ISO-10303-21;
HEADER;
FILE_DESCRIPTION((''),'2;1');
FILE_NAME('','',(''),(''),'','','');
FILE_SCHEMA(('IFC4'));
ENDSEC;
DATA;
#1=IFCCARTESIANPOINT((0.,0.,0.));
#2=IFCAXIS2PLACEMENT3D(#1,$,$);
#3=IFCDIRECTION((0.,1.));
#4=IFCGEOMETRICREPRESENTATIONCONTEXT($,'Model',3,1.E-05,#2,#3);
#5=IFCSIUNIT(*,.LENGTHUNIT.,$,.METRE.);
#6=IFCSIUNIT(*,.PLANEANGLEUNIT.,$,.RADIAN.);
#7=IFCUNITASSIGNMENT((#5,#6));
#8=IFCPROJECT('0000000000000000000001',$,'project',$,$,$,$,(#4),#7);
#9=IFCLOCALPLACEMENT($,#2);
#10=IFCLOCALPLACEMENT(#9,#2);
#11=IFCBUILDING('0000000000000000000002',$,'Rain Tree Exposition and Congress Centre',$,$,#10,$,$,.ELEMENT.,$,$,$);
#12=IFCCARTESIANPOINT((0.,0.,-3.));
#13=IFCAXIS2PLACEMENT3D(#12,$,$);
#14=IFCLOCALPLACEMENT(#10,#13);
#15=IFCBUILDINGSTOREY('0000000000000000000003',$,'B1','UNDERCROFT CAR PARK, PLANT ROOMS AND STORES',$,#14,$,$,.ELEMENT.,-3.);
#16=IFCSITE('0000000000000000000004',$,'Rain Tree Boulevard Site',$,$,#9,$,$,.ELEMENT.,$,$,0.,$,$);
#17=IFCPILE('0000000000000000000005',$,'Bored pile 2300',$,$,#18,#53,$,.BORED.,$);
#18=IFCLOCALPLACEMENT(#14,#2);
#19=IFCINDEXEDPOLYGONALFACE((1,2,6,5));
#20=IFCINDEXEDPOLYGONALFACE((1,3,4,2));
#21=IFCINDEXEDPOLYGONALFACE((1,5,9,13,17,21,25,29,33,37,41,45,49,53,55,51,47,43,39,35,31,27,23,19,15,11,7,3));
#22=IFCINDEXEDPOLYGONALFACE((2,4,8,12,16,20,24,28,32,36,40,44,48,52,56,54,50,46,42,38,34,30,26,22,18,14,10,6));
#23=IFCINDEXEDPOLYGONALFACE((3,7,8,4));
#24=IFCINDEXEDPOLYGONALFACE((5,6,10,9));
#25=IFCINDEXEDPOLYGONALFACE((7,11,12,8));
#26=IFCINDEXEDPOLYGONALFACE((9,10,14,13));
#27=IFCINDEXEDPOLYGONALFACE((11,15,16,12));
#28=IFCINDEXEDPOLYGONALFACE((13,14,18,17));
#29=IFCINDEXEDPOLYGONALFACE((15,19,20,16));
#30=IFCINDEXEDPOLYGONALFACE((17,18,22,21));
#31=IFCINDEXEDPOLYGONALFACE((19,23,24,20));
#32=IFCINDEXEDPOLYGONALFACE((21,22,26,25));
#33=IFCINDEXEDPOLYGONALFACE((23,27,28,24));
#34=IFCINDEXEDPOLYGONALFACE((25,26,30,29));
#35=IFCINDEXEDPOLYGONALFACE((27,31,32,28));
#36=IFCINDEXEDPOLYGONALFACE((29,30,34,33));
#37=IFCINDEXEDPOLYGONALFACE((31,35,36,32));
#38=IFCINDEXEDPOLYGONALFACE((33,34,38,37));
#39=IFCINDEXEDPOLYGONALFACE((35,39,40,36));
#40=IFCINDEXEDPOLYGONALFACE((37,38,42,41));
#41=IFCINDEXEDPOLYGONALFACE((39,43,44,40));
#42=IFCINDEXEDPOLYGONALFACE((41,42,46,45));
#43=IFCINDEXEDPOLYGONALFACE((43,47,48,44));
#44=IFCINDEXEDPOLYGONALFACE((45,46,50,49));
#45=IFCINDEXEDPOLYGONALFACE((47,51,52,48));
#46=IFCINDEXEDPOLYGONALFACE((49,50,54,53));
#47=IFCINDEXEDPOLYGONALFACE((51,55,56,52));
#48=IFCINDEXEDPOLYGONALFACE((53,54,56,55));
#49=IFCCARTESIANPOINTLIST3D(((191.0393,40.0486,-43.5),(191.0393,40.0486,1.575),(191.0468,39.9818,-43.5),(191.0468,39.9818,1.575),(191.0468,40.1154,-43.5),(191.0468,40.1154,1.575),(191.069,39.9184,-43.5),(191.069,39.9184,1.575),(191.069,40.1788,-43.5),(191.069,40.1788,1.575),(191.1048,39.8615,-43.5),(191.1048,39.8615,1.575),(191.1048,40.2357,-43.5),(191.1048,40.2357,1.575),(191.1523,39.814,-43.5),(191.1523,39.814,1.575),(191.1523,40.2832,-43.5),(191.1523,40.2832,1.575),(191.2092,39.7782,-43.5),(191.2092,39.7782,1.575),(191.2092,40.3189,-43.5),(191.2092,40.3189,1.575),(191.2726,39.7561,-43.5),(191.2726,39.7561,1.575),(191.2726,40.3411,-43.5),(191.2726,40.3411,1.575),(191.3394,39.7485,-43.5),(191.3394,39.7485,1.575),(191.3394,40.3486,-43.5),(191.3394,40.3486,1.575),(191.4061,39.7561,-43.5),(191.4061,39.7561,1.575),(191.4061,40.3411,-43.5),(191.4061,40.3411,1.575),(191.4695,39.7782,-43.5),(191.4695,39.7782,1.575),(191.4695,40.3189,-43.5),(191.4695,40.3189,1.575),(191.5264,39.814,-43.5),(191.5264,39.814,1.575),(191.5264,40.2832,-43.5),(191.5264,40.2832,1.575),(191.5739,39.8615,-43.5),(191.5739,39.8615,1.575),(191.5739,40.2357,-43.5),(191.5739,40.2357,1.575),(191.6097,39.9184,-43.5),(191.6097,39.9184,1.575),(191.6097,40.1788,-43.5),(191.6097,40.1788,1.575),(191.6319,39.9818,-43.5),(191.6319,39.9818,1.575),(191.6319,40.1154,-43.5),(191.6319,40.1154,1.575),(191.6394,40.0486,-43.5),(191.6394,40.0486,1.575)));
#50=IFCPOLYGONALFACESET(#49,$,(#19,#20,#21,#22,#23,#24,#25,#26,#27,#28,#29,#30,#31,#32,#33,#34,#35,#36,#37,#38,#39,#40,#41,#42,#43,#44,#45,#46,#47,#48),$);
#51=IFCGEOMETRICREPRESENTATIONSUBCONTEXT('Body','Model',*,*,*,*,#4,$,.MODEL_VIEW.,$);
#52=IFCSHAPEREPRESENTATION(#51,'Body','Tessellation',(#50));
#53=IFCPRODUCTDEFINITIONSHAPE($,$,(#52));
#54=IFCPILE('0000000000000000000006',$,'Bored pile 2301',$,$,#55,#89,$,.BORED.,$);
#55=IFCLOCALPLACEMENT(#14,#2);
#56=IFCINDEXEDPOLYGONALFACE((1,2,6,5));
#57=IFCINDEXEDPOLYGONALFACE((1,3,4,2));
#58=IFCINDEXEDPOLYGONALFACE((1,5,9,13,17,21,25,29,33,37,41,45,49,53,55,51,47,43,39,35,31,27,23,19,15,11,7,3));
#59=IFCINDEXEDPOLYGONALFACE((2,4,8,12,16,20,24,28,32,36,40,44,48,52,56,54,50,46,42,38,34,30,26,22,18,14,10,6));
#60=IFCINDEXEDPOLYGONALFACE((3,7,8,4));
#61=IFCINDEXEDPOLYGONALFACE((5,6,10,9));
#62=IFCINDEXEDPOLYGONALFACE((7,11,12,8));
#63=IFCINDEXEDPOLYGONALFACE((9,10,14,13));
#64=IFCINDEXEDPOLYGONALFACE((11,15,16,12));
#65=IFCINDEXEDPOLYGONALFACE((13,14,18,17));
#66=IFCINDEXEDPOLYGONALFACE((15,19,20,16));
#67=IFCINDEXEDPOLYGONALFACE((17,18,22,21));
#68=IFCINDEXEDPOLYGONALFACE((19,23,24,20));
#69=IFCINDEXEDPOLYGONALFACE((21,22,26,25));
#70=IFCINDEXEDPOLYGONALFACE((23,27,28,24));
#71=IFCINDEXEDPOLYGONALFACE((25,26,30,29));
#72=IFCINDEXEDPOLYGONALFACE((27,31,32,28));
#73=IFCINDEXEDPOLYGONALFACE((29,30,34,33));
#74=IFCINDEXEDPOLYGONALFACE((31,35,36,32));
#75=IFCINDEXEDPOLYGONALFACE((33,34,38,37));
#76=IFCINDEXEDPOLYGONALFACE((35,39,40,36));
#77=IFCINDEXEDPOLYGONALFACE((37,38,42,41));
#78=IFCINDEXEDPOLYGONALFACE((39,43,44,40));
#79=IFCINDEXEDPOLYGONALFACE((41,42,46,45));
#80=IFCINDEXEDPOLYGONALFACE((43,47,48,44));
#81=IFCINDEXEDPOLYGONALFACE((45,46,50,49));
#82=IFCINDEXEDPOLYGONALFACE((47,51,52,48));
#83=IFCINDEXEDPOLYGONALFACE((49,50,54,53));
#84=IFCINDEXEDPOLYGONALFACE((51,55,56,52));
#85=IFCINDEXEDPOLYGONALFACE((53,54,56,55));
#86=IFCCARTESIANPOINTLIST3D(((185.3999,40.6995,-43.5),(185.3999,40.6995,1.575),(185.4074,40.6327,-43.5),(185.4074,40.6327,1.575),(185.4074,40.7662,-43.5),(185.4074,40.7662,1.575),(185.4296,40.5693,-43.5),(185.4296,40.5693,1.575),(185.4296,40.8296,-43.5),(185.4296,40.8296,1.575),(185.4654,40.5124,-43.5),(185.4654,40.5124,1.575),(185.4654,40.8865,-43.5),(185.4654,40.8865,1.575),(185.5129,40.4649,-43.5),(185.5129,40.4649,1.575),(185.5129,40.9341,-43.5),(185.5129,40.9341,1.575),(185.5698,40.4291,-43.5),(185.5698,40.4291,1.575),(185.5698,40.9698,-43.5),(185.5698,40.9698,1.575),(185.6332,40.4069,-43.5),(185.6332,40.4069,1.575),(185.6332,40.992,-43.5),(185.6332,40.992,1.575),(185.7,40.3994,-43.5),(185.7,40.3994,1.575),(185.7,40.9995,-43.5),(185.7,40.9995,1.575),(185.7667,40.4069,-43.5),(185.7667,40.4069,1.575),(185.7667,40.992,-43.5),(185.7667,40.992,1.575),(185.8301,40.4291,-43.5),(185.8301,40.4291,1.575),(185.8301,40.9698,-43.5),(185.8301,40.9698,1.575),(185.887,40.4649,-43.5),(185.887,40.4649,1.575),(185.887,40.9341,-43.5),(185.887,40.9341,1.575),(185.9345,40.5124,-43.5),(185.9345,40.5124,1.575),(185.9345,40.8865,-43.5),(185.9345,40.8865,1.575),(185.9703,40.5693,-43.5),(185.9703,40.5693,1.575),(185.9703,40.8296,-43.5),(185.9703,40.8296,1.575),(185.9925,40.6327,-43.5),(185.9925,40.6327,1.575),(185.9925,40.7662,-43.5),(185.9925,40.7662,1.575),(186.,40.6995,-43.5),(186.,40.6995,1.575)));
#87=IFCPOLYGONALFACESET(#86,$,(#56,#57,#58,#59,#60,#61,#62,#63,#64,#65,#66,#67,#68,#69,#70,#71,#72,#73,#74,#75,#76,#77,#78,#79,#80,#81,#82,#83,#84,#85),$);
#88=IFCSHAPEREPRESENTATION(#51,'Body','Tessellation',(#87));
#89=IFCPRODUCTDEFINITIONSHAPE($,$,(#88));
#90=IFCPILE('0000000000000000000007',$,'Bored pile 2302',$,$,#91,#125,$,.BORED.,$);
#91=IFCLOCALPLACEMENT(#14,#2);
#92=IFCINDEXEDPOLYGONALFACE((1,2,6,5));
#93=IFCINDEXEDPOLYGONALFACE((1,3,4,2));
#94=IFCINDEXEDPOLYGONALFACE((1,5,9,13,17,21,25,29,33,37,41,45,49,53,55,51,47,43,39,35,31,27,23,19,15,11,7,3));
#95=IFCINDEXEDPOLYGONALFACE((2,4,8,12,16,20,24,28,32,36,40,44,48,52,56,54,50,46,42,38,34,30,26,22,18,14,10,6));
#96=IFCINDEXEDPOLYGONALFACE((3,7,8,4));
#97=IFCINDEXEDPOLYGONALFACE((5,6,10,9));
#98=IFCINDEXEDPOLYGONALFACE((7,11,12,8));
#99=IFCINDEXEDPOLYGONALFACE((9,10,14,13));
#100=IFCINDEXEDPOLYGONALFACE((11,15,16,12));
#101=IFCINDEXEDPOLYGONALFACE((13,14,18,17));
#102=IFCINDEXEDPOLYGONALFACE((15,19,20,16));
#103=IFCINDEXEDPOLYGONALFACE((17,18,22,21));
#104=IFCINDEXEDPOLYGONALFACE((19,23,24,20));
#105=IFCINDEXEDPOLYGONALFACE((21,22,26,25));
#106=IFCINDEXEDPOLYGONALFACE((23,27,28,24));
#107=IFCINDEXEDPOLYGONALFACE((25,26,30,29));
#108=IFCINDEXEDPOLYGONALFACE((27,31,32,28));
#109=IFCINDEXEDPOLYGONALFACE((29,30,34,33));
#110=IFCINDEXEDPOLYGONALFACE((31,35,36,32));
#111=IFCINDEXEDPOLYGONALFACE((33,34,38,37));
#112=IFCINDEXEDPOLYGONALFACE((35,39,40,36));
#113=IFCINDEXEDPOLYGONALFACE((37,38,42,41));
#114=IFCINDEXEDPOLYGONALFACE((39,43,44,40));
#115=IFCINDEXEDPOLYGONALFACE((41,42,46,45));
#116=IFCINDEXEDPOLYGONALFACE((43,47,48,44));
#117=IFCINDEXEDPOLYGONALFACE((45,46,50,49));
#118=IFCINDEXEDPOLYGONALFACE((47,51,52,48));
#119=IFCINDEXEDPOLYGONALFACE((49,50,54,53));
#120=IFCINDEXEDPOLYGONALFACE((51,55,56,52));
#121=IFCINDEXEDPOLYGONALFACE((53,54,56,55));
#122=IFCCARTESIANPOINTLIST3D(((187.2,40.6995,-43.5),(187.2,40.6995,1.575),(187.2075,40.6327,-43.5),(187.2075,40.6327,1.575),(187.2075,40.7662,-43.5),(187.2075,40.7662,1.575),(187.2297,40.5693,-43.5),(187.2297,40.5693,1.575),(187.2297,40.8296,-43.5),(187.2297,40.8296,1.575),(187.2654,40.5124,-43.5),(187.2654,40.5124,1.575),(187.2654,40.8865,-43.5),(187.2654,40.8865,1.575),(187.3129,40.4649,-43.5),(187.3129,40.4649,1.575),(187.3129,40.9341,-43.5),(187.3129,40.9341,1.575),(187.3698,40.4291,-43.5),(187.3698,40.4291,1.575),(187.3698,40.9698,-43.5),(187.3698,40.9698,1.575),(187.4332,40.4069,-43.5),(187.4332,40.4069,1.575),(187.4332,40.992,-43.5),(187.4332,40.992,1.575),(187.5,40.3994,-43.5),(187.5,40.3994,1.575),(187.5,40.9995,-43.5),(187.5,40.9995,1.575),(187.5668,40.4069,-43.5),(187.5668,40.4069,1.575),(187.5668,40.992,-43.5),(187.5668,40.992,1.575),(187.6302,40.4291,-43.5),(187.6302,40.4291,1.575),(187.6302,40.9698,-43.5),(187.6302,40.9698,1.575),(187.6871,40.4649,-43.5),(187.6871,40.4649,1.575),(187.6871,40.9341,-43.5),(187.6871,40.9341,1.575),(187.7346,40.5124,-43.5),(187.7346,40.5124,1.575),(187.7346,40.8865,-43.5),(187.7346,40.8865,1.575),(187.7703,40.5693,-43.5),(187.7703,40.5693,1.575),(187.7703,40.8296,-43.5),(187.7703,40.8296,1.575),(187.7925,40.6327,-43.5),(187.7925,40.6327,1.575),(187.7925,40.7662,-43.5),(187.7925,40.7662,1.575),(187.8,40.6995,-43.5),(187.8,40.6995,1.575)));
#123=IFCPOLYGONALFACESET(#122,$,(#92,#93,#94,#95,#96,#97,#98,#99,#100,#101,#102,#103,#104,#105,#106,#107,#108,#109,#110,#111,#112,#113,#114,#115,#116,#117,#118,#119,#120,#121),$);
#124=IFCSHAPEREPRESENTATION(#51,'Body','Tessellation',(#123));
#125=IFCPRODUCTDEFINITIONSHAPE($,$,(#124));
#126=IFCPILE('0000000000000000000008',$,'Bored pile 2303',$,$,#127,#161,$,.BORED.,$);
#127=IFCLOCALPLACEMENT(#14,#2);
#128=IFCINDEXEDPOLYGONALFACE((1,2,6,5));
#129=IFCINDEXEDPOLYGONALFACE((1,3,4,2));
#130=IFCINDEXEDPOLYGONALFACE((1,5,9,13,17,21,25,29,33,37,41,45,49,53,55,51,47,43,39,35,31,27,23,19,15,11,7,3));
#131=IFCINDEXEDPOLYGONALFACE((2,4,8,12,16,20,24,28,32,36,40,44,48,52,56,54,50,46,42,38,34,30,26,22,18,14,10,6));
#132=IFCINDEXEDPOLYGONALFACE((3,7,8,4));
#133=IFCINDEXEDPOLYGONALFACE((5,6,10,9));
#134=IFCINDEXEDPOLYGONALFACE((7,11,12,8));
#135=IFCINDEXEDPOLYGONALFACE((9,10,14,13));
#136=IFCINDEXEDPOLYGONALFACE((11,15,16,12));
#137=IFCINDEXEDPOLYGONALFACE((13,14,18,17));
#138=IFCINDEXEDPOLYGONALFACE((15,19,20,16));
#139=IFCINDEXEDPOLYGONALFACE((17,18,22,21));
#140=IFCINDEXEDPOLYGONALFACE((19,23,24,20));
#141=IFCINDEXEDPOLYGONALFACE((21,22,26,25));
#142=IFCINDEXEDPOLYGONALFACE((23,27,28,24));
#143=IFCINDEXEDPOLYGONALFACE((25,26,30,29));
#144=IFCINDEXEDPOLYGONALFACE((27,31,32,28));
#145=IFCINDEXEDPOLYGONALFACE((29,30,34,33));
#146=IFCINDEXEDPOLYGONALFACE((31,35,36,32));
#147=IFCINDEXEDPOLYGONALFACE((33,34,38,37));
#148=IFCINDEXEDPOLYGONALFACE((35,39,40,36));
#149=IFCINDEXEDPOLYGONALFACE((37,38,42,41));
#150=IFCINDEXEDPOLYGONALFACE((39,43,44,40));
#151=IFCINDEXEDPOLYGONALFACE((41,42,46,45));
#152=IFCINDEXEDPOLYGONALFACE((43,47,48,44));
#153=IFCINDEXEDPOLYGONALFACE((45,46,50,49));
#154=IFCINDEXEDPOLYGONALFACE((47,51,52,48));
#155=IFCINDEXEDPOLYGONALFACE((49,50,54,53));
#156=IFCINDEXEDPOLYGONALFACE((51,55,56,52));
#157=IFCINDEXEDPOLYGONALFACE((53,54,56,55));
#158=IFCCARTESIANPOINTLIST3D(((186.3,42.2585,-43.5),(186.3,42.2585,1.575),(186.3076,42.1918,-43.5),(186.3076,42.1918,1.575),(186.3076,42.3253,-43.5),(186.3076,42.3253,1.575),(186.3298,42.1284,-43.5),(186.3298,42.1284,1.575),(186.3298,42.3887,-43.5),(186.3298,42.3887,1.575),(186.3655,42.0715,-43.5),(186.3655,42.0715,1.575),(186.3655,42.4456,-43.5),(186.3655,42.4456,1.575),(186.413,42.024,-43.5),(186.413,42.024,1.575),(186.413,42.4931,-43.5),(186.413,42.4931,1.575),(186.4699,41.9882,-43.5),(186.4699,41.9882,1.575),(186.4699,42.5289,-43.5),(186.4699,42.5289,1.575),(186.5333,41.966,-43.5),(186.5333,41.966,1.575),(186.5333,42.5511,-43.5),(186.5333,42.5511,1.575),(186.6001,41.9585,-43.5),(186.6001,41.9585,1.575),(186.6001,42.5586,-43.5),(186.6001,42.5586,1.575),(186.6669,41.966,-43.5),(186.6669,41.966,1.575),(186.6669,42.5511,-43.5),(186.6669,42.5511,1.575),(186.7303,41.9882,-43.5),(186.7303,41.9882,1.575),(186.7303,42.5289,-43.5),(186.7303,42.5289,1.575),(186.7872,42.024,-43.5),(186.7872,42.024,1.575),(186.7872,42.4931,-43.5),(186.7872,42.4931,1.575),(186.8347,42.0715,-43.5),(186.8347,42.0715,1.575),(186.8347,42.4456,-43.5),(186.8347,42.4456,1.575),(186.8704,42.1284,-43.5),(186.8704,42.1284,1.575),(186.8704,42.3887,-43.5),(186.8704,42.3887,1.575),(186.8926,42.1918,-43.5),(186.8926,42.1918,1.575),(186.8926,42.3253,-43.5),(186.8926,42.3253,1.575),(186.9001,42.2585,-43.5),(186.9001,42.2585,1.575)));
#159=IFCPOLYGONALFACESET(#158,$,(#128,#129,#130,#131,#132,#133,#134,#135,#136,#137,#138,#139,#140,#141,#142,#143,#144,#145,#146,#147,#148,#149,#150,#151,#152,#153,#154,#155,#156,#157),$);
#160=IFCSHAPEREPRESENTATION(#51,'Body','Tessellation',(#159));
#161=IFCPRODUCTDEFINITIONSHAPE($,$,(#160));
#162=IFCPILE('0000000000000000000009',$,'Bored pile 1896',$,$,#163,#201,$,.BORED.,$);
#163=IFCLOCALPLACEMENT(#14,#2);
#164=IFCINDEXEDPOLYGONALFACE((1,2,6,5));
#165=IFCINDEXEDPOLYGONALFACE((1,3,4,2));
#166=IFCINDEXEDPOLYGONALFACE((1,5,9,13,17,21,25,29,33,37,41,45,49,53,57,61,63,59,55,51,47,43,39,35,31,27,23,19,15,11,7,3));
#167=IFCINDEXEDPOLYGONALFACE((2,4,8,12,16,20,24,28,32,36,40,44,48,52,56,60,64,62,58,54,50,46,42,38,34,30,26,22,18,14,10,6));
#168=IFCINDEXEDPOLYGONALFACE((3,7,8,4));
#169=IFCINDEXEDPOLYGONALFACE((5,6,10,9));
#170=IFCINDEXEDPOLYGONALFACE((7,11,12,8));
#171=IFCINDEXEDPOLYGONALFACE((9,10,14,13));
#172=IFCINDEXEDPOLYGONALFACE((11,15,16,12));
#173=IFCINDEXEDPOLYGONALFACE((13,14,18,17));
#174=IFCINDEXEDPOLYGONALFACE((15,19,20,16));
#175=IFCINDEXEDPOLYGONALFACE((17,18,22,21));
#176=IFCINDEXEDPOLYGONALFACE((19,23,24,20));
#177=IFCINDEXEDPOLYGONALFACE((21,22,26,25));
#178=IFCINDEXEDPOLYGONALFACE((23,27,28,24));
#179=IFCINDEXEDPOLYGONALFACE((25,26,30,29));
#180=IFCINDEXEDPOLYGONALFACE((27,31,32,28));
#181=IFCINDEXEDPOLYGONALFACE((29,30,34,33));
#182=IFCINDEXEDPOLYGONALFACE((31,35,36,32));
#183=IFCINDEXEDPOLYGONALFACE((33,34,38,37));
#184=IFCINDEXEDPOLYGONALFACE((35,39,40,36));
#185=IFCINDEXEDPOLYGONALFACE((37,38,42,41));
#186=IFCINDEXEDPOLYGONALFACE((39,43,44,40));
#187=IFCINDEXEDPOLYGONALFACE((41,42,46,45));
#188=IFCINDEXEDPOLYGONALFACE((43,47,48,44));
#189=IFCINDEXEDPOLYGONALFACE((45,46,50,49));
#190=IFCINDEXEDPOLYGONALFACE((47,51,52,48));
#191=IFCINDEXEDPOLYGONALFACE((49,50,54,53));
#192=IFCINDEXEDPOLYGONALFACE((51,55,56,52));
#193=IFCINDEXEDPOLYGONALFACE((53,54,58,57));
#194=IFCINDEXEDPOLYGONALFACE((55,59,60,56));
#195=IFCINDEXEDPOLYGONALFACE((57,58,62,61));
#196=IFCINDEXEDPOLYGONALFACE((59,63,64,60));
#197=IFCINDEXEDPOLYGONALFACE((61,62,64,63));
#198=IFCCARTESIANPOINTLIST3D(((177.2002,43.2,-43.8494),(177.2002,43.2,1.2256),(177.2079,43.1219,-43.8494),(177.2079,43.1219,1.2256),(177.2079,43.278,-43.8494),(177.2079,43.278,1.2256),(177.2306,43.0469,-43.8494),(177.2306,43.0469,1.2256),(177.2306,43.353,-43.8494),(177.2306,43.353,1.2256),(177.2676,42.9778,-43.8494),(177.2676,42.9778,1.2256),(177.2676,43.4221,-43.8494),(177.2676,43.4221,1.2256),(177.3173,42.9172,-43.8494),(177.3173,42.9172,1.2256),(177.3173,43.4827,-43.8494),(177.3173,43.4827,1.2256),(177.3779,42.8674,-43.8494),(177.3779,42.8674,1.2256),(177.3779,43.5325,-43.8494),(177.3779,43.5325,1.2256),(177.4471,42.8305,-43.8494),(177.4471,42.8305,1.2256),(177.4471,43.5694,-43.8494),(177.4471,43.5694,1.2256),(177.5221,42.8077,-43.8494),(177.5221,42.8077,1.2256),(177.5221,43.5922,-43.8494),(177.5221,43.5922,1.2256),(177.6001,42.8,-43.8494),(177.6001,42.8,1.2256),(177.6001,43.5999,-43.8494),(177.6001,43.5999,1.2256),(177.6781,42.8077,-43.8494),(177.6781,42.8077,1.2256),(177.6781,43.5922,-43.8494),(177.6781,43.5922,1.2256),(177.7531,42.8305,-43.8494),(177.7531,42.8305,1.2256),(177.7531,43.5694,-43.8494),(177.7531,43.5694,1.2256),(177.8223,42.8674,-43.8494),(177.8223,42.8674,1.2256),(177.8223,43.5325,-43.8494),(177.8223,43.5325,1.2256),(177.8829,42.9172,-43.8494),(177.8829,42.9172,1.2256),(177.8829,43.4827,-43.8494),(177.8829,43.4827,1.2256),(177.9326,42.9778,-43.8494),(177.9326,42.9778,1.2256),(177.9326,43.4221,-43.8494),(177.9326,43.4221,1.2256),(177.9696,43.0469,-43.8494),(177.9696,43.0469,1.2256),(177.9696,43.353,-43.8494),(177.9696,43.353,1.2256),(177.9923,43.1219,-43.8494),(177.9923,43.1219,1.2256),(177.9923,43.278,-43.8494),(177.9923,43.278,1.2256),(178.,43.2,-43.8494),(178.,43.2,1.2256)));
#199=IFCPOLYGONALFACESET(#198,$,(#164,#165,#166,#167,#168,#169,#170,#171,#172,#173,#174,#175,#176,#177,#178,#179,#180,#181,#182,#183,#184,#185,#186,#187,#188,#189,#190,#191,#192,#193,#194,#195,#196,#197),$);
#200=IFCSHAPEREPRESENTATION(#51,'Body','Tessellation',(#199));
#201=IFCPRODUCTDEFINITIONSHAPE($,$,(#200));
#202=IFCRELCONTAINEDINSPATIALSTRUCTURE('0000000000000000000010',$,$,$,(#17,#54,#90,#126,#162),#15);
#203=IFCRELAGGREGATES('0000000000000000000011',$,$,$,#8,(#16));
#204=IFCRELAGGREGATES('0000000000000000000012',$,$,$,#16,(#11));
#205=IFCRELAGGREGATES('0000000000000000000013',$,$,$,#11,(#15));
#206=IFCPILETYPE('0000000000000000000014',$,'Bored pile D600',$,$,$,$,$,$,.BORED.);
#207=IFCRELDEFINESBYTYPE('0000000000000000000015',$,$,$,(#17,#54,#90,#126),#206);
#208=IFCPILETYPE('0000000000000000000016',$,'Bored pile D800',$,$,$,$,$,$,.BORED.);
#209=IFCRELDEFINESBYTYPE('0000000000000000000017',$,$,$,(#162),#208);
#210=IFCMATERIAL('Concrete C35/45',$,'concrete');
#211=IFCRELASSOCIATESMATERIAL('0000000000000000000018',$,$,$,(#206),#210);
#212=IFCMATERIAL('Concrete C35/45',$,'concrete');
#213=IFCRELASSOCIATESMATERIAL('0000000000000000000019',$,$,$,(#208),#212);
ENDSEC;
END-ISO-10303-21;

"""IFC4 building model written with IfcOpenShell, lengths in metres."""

from ifc_helpers import new_model, si_unit, direction, frame, origin, origin_2d, place, context, subcontext, project, spatial, circle, extrude, material, material_profile, profile_set, type_object, element, save


model = new_model("IFC4")

# Units and contexts
model_context = context("Model", 3, precision=1e-05, world=origin(), true_north=direction((0.0, 1.0)))
body_context = subcontext(model_context, "Body", "Model", "MODEL_VIEW")
ifc_project = project(units=[si_unit("LENGTHUNIT", "METRE"), si_unit("PLANEANGLEUNIT", "RADIAN")], contexts=[model_context])

# Site, building, storey
site_placement = place(None, origin())
site = spatial("IfcSite", under=ifc_project, at=site_placement, Name="Rain Tree Boulevard Site", CompositionType="ELEMENT", RefElevation=0.0)
building_placement = place(site_placement, origin())
building = spatial("IfcBuilding", under=site, at=building_placement, Name="Rain Tree Exposition and Congress Centre", CompositionType="ELEMENT")
storey_placement = place(building_placement, frame((0.0, 0.0, -3.0)))
storey = spatial("IfcBuildingStorey", under=building, at=storey_placement, Name="B1", Description="UNDERCROFT CAR PARK, PLANT ROOMS AND STORES", CompositionType="ELEMENT", Elevation=-3.0)

# Piles
ifc_material_1 = material(Name="Concrete C35/45", Category="concrete")
ifc_material_profile_1 = material_profile(ifc_material_1, circle(Radius=0.3, at=origin_2d()), Name="D600")
ifc_profile_set_1 = profile_set([ifc_material_profile_1], Name="Concrete C35/45")
pile_type_1 = type_object("IfcPileType", Name="Bored pile D600", PredefinedType="BORED", material=ifc_profile_set_1)
for number, where, z_axis, x_axis, name in (
    (1, (191.3394, 40.0486, 1.575), (0.0, 0.0, -1.0), (1.0, 0.0, 0.0), "Bored pile 2300"),
    (2, (185.7, 40.6995, 1.575), (0.0, 0.0, -1.0), (1.0, 0.0, 0.0), "Bored pile 2301"),
    (3, (187.5, 40.6995, 1.575), (0.0, 0.0, -1.0), (1.0, 0.0, 0.0), "Bored pile 2302"),
    (4, (186.6001, 42.2585, 1.575), (0.0, 0.0, -1.0), (1.0, 0.0, 0.0), "Bored pile 2303"),
):
    element("IfcPile", number, at=place(storey_placement, frame(where, z_axis=z_axis, x_axis=x_axis)), inside=storey, type_object=pile_type_1, Name=name, PredefinedType="BORED", context=body_context, shape_type="SweptSolid", body=[
        extrude(circle(Radius=0.3, at=origin_2d()), origin(), (0.0, 0.0, 1.0), 45.075),
    ])
ifc_material_2 = material(Name="Concrete C35/45", Category="concrete")
ifc_material_profile_2 = material_profile(ifc_material_2, circle(Radius=0.3999, at=origin_2d()), Name="D800")
ifc_profile_set_2 = profile_set([ifc_material_profile_2], Name="Concrete C35/45")
pile_type_2 = type_object("IfcPileType", Name="Bored pile D800", PredefinedType="BORED", material=ifc_profile_set_2)
for number, where, z_axis, x_axis, name in (
    (5, (177.6001, 43.2, 1.2256), (0.0, 0.0, -1.0), (1.0, 0.0, 0.0), "Bored pile 1896"),
):
    element("IfcPile", number, at=place(storey_placement, frame(where, z_axis=z_axis, x_axis=x_axis)), inside=storey, type_object=pile_type_2, Name=name, PredefinedType="BORED", context=body_context, shape_type="SweptSolid", body=[
        extrude(circle(Radius=0.3999, at=origin_2d()), origin(), (0.0, 0.0, 1.0), 45.075),
    ])

save(model, "model.ifc")
